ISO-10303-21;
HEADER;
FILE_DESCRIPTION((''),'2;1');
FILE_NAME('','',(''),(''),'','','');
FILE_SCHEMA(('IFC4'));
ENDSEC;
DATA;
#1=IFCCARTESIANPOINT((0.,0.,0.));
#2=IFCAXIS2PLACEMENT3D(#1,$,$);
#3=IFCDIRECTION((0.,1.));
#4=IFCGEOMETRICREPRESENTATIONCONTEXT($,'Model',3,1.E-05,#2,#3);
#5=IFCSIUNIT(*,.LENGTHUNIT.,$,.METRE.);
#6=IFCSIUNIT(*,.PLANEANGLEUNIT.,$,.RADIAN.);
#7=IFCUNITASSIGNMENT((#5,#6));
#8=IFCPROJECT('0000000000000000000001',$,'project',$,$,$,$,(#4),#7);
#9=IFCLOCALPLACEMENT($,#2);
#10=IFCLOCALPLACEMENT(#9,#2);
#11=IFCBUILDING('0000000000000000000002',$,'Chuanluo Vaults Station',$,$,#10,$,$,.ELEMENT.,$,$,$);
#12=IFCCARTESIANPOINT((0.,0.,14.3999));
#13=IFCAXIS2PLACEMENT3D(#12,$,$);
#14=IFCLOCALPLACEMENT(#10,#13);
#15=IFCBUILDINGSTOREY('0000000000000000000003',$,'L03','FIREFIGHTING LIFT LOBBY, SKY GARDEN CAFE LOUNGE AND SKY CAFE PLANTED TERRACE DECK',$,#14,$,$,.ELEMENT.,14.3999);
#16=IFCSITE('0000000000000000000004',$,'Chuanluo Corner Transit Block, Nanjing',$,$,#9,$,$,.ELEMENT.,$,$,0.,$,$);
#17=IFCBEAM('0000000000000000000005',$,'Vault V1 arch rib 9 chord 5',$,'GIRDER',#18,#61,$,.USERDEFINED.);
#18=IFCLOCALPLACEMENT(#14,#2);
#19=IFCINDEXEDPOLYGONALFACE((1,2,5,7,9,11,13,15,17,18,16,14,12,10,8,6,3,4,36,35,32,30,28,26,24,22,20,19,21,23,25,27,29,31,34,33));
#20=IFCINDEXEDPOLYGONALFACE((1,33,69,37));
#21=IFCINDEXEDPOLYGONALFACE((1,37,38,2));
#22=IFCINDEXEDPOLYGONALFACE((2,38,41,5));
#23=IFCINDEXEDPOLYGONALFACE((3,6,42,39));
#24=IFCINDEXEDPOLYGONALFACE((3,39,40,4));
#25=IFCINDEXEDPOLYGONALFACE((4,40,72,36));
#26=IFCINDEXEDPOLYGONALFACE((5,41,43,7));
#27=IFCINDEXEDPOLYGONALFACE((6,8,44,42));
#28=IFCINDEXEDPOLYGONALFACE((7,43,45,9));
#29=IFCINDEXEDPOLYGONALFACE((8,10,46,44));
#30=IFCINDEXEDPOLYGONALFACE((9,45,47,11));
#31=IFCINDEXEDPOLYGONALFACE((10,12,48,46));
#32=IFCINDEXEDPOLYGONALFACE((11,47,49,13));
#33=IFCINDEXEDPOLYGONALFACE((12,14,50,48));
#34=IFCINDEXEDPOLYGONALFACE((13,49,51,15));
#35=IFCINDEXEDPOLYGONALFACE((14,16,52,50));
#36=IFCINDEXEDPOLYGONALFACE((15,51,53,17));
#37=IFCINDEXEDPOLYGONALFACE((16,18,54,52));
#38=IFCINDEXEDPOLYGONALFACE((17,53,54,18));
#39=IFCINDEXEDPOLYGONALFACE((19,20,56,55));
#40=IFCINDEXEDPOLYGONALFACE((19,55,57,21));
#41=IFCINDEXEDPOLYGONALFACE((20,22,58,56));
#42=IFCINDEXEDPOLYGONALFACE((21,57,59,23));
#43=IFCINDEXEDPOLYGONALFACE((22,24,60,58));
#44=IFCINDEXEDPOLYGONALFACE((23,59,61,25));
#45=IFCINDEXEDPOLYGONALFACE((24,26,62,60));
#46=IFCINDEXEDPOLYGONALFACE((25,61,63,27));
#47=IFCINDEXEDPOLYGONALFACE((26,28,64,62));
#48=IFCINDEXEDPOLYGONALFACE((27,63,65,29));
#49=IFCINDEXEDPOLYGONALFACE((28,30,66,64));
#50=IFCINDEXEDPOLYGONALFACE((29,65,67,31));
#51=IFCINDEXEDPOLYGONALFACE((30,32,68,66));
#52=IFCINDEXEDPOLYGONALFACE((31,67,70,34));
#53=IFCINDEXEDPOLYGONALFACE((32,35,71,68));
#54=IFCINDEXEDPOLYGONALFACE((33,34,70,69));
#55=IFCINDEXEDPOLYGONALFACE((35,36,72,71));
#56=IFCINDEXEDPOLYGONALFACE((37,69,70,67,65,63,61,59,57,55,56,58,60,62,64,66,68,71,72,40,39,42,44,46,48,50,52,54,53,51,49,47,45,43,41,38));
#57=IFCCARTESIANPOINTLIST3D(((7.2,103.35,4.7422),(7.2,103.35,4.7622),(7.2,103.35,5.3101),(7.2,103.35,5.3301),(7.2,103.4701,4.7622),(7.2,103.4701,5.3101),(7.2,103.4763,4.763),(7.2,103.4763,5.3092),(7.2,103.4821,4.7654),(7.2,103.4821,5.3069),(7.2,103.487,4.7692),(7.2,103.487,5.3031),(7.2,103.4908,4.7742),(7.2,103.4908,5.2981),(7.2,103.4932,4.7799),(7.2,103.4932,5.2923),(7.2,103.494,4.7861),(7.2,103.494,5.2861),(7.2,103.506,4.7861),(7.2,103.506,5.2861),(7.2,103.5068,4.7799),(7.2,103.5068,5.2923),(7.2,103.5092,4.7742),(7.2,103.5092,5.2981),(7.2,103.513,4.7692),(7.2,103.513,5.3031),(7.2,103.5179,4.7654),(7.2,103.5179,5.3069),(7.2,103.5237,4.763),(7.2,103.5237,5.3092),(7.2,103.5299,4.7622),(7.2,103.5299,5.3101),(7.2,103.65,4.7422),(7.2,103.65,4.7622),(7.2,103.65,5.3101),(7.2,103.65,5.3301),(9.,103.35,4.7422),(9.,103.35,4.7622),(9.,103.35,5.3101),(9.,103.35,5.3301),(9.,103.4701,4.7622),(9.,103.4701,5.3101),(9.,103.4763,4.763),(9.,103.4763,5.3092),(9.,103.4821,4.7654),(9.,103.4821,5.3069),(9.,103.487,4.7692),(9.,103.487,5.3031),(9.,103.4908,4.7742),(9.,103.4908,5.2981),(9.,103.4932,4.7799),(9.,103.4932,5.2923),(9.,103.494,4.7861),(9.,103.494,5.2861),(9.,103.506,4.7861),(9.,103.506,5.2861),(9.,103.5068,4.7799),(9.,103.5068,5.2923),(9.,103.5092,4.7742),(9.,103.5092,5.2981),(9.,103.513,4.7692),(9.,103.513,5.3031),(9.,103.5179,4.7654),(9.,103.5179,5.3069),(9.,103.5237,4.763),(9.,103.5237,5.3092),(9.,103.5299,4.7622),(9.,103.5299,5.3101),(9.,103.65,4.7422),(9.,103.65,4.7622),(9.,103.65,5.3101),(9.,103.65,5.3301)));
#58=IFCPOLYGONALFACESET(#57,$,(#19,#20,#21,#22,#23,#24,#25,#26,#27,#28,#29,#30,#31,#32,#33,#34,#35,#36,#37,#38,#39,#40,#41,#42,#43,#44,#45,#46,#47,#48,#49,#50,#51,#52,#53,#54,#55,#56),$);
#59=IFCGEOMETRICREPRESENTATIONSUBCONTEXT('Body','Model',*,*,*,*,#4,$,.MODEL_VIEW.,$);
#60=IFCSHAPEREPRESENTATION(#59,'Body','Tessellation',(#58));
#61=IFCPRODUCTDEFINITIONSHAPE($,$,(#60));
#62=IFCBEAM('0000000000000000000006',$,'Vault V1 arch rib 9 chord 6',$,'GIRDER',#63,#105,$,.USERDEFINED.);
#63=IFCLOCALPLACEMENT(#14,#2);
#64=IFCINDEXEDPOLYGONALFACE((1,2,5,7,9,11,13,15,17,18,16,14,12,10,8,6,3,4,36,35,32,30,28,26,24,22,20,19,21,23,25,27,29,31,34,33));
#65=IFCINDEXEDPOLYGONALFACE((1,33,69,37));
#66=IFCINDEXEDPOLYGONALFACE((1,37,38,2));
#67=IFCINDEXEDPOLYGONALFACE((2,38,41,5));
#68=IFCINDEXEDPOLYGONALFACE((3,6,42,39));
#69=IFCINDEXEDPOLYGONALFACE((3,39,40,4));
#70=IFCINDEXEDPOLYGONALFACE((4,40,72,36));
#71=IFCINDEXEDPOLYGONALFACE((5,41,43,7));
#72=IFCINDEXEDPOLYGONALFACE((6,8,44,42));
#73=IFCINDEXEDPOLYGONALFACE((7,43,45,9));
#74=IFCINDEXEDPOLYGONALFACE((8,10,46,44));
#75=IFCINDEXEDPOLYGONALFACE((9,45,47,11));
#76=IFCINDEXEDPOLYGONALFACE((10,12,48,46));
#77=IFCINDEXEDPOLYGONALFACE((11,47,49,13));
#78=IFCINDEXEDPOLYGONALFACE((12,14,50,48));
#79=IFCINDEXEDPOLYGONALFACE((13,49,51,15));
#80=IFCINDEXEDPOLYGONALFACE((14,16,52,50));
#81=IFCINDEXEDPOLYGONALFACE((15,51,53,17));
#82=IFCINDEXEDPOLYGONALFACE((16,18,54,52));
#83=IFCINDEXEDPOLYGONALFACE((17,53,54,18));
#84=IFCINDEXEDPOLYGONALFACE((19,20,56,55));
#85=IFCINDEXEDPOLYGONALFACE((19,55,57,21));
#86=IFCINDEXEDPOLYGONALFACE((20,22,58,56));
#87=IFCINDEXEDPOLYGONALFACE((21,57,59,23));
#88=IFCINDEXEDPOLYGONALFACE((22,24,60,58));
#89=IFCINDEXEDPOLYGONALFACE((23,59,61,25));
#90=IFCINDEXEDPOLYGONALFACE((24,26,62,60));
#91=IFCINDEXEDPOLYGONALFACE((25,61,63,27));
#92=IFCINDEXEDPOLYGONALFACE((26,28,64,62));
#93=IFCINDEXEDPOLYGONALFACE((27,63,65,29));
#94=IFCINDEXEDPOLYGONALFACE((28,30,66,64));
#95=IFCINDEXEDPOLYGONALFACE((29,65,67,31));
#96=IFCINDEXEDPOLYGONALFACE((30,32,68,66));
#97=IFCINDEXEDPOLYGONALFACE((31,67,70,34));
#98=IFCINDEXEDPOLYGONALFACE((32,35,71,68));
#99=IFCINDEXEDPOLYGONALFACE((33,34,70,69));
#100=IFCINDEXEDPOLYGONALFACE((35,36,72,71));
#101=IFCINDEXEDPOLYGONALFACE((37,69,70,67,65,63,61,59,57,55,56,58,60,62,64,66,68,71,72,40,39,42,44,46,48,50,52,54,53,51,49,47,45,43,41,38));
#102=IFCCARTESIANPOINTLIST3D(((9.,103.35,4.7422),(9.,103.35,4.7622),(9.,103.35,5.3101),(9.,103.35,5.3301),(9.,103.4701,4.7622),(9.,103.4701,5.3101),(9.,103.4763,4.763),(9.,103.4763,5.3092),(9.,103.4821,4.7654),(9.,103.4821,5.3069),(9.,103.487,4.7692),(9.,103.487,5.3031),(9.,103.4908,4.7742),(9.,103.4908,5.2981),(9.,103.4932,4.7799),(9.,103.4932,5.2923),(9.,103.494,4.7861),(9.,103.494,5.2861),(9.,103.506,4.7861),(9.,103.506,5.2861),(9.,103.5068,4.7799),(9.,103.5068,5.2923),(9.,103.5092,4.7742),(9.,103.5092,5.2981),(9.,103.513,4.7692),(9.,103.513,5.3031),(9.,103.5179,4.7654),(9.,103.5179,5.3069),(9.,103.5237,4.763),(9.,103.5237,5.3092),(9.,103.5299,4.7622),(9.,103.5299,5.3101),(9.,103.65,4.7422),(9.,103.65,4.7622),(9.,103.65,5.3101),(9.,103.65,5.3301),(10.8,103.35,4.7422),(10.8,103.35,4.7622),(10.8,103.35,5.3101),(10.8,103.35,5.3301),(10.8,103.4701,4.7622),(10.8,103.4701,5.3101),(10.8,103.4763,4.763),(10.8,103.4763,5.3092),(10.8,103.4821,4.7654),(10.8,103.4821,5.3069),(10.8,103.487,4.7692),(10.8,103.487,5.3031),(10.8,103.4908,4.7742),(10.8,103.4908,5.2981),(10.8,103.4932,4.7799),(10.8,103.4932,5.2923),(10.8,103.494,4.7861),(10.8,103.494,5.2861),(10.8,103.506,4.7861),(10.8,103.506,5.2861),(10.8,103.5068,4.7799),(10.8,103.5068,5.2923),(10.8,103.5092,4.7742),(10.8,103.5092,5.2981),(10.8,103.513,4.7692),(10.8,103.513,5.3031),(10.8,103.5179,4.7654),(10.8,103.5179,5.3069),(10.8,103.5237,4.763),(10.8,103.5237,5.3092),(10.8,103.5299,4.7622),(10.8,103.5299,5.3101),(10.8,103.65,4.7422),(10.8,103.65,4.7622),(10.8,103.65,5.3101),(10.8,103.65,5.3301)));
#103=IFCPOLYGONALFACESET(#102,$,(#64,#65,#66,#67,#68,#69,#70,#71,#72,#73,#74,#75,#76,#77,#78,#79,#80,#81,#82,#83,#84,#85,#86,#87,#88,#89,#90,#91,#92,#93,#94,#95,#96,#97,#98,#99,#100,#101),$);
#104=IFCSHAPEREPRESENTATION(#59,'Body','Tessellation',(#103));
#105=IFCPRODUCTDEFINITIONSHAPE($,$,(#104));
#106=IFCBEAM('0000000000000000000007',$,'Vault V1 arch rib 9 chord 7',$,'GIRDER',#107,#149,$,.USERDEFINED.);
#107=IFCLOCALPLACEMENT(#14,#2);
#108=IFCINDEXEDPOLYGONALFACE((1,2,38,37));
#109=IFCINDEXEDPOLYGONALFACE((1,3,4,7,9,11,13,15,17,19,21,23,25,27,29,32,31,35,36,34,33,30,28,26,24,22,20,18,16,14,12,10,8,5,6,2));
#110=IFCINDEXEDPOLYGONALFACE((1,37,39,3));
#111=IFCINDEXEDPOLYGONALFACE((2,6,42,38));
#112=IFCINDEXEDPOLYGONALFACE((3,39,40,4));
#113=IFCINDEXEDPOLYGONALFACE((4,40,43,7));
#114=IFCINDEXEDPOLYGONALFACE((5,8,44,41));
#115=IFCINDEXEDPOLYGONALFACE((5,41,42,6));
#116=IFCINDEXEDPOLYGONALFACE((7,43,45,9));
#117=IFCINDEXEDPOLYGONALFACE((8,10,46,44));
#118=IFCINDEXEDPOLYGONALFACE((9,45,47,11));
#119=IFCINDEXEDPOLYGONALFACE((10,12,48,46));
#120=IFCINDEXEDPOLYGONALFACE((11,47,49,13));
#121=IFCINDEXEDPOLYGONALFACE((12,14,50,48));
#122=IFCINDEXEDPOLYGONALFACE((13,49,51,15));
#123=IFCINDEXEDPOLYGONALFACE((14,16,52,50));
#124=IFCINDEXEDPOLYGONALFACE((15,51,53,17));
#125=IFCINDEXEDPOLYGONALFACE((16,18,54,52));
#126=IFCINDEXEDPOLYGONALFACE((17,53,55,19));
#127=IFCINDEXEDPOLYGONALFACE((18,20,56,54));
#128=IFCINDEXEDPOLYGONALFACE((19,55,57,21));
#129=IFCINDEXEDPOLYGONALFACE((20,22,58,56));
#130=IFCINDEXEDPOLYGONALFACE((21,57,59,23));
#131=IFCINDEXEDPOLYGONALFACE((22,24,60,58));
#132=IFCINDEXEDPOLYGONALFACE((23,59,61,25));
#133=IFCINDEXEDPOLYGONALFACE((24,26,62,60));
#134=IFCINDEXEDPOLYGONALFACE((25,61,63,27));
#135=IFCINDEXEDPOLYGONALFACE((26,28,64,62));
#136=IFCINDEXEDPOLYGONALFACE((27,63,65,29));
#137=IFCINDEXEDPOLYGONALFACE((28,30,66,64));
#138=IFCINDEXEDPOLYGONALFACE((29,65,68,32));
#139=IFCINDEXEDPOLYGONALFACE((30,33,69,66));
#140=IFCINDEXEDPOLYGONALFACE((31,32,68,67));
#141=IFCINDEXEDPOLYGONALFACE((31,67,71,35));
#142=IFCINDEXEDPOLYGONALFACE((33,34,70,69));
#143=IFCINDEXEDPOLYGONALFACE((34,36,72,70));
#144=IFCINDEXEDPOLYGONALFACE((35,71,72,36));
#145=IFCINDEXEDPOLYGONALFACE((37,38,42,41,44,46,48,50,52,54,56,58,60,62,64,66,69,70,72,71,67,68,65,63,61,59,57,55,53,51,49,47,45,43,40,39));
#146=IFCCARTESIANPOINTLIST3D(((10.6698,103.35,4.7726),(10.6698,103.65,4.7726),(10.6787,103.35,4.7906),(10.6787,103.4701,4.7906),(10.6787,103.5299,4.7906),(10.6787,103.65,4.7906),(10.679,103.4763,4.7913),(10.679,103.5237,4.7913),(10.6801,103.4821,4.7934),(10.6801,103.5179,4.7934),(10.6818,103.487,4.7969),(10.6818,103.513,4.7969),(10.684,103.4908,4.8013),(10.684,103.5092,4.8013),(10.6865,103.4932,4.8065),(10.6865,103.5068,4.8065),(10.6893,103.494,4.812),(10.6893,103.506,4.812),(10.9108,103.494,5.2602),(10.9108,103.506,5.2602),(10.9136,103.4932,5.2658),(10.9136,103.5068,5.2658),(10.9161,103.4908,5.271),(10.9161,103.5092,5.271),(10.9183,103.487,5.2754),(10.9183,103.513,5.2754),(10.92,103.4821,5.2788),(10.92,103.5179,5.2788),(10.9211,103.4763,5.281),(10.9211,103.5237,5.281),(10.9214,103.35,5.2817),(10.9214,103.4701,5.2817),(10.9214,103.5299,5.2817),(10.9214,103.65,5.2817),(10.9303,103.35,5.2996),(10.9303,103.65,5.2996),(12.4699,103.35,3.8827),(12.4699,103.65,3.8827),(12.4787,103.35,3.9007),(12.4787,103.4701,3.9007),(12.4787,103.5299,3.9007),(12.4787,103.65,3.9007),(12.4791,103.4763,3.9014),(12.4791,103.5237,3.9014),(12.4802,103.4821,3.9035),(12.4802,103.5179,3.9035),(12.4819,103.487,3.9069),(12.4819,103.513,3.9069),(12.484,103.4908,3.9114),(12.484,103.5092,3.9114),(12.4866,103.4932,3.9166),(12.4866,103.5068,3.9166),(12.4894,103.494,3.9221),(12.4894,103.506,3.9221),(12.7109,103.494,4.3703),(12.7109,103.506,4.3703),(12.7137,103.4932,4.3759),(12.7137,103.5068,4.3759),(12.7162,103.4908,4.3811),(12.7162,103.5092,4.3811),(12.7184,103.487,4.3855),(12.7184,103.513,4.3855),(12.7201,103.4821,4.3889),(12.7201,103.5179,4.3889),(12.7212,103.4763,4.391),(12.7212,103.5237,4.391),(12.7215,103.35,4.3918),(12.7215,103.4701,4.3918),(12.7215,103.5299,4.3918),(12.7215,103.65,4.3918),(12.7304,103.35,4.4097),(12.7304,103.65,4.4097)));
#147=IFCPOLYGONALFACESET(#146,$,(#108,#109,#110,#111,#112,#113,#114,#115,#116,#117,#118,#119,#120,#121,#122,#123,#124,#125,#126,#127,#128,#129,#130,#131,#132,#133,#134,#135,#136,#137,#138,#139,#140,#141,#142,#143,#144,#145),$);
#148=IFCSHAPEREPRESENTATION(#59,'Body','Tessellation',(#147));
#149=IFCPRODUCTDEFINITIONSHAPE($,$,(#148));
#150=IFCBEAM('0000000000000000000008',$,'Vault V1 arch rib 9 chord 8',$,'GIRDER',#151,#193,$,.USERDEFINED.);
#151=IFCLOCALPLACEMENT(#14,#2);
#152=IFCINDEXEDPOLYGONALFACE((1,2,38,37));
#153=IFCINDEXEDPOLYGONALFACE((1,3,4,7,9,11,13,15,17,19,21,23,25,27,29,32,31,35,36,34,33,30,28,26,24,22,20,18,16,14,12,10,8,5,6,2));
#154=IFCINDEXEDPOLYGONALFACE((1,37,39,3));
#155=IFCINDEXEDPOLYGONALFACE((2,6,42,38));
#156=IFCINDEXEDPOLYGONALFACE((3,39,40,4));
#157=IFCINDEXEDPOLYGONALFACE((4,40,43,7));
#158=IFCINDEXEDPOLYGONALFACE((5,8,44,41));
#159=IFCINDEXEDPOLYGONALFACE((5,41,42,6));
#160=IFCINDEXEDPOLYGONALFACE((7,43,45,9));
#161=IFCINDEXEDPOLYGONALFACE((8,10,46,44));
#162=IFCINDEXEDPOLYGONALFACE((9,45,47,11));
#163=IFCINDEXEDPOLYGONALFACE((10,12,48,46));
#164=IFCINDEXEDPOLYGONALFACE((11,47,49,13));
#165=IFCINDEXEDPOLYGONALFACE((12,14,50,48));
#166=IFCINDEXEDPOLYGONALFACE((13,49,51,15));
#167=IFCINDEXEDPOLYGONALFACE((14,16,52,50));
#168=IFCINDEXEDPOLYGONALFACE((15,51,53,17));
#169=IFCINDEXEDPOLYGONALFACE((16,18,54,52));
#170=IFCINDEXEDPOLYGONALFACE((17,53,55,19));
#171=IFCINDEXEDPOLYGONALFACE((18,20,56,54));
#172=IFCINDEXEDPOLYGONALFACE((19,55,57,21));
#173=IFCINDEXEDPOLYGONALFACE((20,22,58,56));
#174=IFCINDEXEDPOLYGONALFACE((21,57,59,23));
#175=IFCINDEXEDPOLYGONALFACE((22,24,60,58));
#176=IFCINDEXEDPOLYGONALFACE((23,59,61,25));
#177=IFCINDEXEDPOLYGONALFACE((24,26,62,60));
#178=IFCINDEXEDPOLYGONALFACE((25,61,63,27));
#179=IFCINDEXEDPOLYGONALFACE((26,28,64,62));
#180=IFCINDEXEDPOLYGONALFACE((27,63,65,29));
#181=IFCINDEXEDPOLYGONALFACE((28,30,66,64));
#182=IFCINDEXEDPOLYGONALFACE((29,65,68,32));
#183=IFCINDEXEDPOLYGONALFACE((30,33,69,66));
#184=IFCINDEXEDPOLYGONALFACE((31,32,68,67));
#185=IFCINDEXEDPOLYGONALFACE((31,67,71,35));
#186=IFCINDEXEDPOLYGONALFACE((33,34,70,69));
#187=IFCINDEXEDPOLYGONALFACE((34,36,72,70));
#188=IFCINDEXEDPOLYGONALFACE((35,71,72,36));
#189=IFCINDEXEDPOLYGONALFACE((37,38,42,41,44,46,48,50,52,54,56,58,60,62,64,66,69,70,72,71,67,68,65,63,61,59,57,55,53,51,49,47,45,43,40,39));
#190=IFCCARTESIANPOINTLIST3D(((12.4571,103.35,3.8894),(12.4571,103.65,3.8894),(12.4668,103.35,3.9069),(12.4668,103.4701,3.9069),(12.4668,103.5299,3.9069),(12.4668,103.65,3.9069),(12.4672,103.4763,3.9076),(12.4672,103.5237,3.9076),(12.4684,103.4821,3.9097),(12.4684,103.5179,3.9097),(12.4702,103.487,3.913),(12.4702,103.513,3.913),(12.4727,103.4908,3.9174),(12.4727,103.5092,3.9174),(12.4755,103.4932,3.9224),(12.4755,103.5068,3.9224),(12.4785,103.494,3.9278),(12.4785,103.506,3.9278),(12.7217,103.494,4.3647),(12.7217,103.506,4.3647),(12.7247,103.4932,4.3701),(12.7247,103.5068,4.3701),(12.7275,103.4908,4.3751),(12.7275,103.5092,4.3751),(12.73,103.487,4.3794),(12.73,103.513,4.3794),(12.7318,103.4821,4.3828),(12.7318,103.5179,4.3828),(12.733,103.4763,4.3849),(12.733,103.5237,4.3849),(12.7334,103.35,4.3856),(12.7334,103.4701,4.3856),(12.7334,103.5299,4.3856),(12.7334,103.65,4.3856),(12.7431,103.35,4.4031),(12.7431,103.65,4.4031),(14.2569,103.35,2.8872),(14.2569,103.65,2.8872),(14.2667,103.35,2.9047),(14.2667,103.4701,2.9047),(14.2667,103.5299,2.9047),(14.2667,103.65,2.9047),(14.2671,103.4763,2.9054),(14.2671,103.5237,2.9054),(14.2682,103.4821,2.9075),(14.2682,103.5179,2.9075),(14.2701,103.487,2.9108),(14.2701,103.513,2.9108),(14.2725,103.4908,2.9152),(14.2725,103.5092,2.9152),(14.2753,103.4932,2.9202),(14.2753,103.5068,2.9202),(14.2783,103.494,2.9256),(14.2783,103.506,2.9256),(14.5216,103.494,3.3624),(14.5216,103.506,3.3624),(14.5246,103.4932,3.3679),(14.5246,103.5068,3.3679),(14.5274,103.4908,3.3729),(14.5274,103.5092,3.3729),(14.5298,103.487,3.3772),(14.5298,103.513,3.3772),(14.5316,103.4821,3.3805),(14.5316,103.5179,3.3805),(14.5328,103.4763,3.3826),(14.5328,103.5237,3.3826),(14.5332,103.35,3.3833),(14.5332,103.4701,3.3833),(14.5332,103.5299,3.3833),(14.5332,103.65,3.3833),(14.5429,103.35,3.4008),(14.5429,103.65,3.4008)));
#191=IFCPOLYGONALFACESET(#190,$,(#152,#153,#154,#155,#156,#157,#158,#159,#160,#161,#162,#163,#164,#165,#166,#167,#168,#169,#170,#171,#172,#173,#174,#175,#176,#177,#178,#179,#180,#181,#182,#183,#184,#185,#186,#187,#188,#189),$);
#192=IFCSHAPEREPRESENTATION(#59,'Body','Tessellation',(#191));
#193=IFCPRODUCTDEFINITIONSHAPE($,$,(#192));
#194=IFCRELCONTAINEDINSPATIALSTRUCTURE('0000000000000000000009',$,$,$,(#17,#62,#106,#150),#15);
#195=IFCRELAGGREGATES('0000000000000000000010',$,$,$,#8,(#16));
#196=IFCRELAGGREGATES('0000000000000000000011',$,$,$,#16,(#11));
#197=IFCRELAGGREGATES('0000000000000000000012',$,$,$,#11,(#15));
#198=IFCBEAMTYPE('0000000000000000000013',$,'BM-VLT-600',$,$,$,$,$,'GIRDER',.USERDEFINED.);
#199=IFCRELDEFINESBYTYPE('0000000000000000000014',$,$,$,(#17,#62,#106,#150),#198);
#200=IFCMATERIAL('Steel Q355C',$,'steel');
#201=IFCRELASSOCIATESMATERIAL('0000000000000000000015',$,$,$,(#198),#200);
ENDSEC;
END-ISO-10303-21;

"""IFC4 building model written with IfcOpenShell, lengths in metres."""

from ifc_helpers import new_model, si_unit, direction, frame, origin, origin_2d, place, context, subcontext, project, spatial, i_section, extrude, material, material_profile, profile_set, type_object, element, save


model = new_model("IFC4")

# Units and contexts
model_context = context("Model", 3, precision=1e-05, world=origin(), true_north=direction((0.0, 1.0)))
body_context = subcontext(model_context, "Body", "Model", "MODEL_VIEW")
ifc_project = project(units=[si_unit("LENGTHUNIT", "METRE"), si_unit("PLANEANGLEUNIT", "RADIAN")], contexts=[model_context])

# Site, building, storey
site_placement = place(None, origin())
site = spatial("IfcSite", under=ifc_project, at=site_placement, Name="Chuanluo Corner Transit Block, Nanjing", CompositionType="ELEMENT", RefElevation=0.0)
building_placement = place(site_placement, origin())
building = spatial("IfcBuilding", under=site, at=building_placement, Name="Chuanluo Vaults Station", CompositionType="ELEMENT")
storey_placement = place(building_placement, frame((0.0, 0.0, 14.3999)))
storey = spatial("IfcBuildingStorey", under=building, at=storey_placement, Name="L03", Description="FIREFIGHTING LIFT LOBBY, SKY GARDEN CAFE LOUNGE AND SKY CAFE PLANTED TERRACE DECK", CompositionType="ELEMENT", Elevation=14.3999)

# Beams
ifc_material_1 = material(Name="Steel Q355C", Category="steel")
ifc_material_profile_1 = material_profile(ifc_material_1, i_section(OverallWidth=0.3, OverallDepth=0.5879, WebThickness=0.012, FlangeThickness=0.02, FilletRadius=0.0239, at=origin_2d()))
ifc_profile_set_1 = profile_set([ifc_material_profile_1], Name="Steel Q355C")
beam_type_1 = type_object("IfcBeamType", Name="BM-VLT-600", ElementType="GIRDER", PredefinedType="USERDEFINED", material=ifc_profile_set_1)
for number, where, z_axis, x_axis, name in (
    (1, (7.2, 103.5, 5.0361), (1.0, 0.0, 0.0), (0.0, 1.0, 0.0), "Vault V1 arch rib 9 chord 5"),
    (2, (9.0, 103.5, 5.0361), (1.0, 0.0, 0.0), (0.0, 1.0, 0.0), "Vault V1 arch rib 9 chord 6"),
):
    element("IfcBeam", number, at=place(storey_placement, frame(where, z_axis=z_axis, x_axis=x_axis)), inside=storey, type_object=beam_type_1, Name=name, ObjectType="GIRDER", PredefinedType="USERDEFINED", context=body_context, shape_type="SweptSolid", body=[
        extrude(i_section(OverallWidth=0.3, OverallDepth=0.5879, WebThickness=0.012, FlangeThickness=0.02, FilletRadius=0.0239, at=origin_2d()), origin(), (0.0, 0.0, 1.0), 1.8),
    ])
beam_1_placement = place(storey_placement, frame((10.8, 103.5, 5.0361), z_axis=(0.896436, 0.0, -0.443172), x_axis=(0.0, 1.0, 0.0)))
element("IfcBeam", 3, at=beam_1_placement, inside=storey, type_object=beam_type_1, Name="Vault V1 arch rib 9 chord 7", ObjectType="GIRDER", PredefinedType="USERDEFINED", context=body_context, shape_type="SweptSolid", body=[
    extrude(i_section(OverallWidth=0.3, OverallDepth=0.5879, WebThickness=0.012, FlangeThickness=0.02, FilletRadius=0.0239, at=origin_2d()), origin(), (0.0, 0.0, 1.0), 2.0081),
])
beam_2_placement = place(storey_placement, frame((12.6001, 103.5, 4.1462), z_axis=(0.873682, 0.0, -0.486498), x_axis=(0.0, 1.0, 0.0)))
element("IfcBeam", 4, at=beam_2_placement, inside=storey, type_object=beam_type_1, Name="Vault V1 arch rib 9 chord 8", ObjectType="GIRDER", PredefinedType="USERDEFINED", context=body_context, shape_type="SweptSolid", body=[
    extrude(i_section(OverallWidth=0.3, OverallDepth=0.5879, WebThickness=0.012, FlangeThickness=0.02, FilletRadius=0.0239, at=origin_2d()), origin(), (0.0, 0.0, 1.0), 2.0601),
])

save(model, "model.ifc")
